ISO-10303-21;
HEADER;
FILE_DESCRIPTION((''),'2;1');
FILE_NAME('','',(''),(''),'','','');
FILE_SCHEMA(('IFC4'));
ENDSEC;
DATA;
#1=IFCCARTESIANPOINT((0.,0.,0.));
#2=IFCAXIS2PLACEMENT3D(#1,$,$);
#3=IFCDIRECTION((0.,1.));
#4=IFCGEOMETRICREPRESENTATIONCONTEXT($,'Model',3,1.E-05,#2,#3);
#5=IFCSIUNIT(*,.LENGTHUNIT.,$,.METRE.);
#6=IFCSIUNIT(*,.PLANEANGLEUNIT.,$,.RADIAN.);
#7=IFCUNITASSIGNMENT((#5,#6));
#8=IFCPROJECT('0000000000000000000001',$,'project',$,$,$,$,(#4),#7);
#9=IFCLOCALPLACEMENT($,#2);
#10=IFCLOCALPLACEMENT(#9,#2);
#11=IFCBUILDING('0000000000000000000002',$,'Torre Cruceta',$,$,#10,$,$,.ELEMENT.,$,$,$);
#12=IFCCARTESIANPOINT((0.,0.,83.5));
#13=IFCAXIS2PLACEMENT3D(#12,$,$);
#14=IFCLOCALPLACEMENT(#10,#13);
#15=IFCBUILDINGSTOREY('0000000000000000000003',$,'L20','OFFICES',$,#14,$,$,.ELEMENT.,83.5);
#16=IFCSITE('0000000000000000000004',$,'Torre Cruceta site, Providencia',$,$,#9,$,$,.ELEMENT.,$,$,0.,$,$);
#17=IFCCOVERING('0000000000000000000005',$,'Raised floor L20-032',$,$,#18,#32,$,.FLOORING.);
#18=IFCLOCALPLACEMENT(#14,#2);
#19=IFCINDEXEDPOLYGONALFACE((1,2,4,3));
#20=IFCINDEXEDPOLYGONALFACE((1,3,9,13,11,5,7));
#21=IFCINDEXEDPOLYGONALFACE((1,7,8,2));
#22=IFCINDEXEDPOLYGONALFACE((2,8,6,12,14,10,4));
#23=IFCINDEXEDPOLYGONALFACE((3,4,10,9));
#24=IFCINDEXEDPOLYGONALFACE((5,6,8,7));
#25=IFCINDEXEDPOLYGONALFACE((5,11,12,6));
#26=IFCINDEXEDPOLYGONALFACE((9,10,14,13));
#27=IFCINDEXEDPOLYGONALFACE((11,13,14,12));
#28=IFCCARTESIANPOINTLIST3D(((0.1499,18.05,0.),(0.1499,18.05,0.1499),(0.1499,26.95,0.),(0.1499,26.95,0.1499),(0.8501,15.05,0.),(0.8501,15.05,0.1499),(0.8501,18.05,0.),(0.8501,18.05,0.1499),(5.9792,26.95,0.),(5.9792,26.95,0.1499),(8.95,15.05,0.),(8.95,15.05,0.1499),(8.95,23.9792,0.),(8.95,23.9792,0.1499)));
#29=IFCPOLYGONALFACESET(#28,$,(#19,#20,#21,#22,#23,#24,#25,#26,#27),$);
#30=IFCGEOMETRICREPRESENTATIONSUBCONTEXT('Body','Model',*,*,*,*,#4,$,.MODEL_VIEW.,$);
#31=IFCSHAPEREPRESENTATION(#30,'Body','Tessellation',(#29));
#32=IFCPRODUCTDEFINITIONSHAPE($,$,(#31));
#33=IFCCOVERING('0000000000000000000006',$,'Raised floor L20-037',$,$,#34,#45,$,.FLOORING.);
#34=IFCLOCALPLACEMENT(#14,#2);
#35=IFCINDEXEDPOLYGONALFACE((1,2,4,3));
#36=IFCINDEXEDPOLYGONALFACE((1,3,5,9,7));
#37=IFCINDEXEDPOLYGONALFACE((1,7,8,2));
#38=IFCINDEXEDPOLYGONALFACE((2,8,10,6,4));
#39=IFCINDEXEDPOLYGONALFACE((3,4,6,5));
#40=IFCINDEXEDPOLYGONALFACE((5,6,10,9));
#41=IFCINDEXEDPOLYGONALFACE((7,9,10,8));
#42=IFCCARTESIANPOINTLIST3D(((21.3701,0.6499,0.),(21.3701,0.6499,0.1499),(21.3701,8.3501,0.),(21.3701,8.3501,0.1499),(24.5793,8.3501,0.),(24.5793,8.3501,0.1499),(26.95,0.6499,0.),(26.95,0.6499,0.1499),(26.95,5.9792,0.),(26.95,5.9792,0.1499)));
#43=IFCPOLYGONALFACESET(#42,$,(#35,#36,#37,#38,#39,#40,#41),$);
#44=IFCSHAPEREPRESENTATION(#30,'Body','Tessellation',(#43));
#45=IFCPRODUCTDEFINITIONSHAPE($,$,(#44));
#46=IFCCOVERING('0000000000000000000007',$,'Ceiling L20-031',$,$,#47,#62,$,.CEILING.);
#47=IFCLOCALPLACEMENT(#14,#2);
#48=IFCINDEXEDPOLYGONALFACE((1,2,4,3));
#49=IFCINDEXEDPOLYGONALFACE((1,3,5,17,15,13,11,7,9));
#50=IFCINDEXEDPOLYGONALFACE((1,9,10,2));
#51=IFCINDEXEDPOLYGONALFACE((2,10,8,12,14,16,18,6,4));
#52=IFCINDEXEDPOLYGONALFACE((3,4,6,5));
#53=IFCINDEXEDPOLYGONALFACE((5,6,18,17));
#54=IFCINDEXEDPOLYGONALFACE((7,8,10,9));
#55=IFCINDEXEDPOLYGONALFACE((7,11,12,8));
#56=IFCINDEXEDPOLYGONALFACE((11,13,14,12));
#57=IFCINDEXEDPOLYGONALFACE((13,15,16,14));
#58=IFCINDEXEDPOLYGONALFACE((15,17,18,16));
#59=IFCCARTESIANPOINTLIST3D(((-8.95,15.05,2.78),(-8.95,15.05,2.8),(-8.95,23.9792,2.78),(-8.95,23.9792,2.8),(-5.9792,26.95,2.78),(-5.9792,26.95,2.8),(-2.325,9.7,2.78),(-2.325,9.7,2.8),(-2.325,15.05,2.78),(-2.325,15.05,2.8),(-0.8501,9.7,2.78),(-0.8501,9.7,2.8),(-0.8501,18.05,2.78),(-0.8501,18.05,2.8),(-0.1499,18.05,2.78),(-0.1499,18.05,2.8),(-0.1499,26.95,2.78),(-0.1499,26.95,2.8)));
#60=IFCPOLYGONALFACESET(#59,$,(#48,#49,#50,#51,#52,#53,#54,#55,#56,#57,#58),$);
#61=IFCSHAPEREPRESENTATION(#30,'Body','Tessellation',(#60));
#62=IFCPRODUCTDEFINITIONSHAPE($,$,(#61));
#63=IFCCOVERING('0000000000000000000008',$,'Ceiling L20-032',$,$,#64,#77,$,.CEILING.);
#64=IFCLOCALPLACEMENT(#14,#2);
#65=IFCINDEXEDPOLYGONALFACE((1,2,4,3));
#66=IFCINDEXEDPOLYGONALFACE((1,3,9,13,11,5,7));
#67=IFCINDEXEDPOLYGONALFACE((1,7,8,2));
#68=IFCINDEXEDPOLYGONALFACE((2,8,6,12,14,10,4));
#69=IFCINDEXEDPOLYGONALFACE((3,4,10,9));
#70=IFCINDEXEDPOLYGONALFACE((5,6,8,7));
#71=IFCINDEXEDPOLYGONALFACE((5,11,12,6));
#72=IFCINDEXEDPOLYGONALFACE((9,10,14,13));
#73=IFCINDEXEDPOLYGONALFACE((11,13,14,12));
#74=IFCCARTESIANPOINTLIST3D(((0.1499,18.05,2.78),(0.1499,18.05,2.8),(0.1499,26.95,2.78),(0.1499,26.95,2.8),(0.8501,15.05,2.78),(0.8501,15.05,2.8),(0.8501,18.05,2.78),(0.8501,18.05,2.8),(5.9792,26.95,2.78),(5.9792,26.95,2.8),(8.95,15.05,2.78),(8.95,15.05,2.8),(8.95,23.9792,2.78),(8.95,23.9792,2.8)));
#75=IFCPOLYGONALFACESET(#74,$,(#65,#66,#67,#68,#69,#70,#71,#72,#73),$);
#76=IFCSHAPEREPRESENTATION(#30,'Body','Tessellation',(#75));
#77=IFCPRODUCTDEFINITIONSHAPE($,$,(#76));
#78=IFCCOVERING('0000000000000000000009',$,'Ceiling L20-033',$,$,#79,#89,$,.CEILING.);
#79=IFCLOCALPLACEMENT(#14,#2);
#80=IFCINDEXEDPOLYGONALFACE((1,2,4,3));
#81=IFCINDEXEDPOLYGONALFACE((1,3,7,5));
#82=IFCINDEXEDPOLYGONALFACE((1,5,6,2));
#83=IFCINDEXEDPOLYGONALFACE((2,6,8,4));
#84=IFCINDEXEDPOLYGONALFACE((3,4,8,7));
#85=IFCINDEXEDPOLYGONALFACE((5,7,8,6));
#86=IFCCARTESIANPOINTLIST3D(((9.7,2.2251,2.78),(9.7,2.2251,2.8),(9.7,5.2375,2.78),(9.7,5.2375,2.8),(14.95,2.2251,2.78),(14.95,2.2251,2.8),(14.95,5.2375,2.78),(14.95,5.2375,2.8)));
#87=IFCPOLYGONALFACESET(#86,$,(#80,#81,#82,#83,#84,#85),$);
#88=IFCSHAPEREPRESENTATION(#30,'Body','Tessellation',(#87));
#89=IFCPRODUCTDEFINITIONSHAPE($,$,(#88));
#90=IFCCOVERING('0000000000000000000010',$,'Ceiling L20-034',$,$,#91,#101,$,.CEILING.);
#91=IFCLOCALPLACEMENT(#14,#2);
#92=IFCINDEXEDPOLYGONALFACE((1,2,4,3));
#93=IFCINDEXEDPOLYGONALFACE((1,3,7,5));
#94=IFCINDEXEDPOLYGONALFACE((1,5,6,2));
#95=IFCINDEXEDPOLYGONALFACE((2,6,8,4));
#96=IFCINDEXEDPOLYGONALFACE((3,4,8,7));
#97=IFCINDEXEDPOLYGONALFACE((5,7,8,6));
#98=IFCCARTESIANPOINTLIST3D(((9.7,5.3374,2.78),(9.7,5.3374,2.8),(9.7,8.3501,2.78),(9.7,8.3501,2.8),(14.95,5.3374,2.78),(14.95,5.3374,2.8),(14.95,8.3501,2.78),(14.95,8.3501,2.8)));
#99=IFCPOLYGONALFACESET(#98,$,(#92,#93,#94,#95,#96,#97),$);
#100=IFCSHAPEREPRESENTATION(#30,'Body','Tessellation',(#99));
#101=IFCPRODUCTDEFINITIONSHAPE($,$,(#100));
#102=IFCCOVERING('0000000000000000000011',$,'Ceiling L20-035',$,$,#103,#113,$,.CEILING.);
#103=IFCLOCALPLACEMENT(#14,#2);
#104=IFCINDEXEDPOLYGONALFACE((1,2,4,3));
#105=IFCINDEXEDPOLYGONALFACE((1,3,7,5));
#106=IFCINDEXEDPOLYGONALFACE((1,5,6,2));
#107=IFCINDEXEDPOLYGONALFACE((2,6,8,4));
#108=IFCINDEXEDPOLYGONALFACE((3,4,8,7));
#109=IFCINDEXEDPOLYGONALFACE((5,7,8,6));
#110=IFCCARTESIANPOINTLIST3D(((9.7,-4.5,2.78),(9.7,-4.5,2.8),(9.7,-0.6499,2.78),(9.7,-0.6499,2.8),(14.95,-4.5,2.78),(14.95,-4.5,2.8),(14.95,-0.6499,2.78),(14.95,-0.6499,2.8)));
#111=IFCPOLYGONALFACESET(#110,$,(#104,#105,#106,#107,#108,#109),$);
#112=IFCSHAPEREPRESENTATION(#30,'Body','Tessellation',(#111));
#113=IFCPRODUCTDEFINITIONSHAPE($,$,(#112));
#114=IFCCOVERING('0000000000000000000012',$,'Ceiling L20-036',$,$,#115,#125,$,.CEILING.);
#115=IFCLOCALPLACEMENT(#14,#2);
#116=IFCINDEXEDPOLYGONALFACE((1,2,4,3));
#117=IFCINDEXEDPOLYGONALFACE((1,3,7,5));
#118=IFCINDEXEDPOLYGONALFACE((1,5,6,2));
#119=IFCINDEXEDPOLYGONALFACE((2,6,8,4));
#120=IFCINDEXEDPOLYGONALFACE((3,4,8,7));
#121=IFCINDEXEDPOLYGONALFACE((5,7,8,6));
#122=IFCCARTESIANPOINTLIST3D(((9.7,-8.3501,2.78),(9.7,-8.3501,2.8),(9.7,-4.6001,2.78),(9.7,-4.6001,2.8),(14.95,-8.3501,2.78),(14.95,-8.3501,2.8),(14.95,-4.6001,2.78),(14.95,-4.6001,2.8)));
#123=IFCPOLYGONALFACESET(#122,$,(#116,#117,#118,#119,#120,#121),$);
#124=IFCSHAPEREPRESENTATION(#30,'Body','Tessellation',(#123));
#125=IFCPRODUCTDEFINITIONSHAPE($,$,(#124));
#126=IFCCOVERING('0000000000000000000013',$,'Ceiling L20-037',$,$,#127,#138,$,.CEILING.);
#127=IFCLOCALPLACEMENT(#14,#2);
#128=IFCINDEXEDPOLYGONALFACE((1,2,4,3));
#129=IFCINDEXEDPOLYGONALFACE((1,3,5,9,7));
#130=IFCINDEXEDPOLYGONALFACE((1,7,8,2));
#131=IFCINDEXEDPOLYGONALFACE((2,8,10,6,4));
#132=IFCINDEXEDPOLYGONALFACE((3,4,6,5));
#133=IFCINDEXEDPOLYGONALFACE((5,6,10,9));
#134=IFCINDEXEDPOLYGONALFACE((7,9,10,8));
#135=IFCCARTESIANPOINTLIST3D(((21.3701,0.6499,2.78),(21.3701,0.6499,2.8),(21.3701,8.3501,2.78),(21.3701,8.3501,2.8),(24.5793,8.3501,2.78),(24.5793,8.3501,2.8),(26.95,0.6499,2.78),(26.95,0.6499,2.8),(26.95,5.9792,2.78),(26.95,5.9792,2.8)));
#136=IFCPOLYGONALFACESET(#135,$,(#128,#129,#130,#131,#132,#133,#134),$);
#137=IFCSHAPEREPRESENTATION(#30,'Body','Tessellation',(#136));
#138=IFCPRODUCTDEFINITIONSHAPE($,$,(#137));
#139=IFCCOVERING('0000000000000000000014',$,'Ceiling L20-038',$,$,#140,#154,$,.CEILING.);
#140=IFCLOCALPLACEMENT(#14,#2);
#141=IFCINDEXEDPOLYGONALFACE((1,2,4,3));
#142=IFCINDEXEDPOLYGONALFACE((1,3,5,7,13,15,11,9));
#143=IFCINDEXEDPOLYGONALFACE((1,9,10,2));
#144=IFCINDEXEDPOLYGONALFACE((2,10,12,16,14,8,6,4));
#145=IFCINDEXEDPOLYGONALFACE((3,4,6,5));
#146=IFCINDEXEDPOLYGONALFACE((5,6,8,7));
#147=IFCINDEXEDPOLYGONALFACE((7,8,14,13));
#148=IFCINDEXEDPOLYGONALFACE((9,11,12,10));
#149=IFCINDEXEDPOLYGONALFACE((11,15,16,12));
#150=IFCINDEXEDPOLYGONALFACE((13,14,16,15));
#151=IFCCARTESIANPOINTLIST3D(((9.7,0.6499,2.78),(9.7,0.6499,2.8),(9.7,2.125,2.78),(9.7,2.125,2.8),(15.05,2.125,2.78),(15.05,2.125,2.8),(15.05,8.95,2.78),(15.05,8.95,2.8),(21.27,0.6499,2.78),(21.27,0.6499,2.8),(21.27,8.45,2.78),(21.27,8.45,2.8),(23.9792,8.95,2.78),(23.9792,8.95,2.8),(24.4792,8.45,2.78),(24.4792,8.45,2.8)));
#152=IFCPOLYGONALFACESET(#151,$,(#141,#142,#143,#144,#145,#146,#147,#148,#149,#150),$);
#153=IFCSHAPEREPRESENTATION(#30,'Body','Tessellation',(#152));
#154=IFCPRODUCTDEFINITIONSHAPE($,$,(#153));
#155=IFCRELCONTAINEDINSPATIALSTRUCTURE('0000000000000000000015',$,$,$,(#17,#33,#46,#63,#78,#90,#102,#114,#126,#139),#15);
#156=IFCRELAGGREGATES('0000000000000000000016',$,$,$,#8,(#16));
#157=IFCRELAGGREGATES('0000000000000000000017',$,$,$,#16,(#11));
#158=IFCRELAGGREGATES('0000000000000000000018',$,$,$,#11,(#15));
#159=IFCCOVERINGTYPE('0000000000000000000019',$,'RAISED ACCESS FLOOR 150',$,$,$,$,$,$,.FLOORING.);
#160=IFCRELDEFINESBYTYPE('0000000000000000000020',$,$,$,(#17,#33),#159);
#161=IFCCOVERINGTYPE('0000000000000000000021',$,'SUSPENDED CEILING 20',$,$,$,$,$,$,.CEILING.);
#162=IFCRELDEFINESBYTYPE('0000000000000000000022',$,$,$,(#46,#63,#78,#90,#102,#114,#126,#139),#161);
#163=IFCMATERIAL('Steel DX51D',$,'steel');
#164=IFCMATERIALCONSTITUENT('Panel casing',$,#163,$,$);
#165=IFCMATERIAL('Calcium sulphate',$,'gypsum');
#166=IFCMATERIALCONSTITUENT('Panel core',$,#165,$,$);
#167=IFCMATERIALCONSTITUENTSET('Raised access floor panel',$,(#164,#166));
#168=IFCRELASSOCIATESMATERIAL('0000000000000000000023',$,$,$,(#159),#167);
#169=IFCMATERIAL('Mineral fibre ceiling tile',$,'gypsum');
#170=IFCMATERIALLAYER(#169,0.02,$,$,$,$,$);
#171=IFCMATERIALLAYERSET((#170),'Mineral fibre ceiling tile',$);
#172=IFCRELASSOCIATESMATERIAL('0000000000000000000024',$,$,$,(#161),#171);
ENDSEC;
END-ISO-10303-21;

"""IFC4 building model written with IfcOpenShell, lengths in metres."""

from ifc_helpers import new_model, si_unit, direction, frame, origin, place, context, subcontext, project, spatial, polyline, outline, extrude, material, layer, layer_set, constituent, constituent_set, type_object, element, save


model = new_model("IFC4")

# Units and contexts
model_context = context("Model", 3, precision=1e-05, world=origin(), true_north=direction((0.0, 1.0)))
body_context = subcontext(model_context, "Body", "Model", "MODEL_VIEW")
ifc_project = project(units=[si_unit("LENGTHUNIT", "METRE"), si_unit("PLANEANGLEUNIT", "RADIAN")], contexts=[model_context])

# Site, building, storey
site_placement = place(None, origin())
site = spatial("IfcSite", under=ifc_project, at=site_placement, Name="Torre Cruceta site, Providencia", CompositionType="ELEMENT", RefElevation=0.0)
building_placement = place(site_placement, origin())
building = spatial("IfcBuilding", under=site, at=building_placement, Name="Torre Cruceta", CompositionType="ELEMENT")
storey_placement = place(building_placement, frame((0.0, 0.0, 83.5)))
storey = spatial("IfcBuildingStorey", under=building, at=storey_placement, Name="L20", Description="OFFICES", CompositionType="ELEMENT", Elevation=83.5)

# Coverings
ifc_material_1 = material(Name="Steel DX51D", Category="steel")
ifc_constituent_1 = constituent(ifc_material_1, Name="Panel casing")
ifc_material_2 = material(Name="Calcium sulphate", Category="gypsum")
ifc_constituent_2 = constituent(ifc_material_2, Name="Panel core")
ifc_constituent_set_1 = constituent_set(constituents=[ifc_constituent_1, ifc_constituent_2], Name="Raised access floor panel")
covering_type_1 = type_object("IfcCoveringType", Name="RAISED ACCESS FLOOR 150", PredefinedType="FLOORING", material=ifc_constituent_set_1)
covering_1_placement = place(storey_placement, origin())
element("IfcCovering", 1, at=covering_1_placement, inside=storey, type_object=covering_type_1, Name="Raised floor L20-032", PredefinedType="FLOORING", context=body_context, shape_type="SweptSolid", body=[
    extrude(outline(polyline([(5.9792, 26.95), (8.95, 23.9792), (8.95, 15.05), (0.8501, 15.05), (0.8501, 18.05), (0.1499, 18.05), (0.1499, 26.95), (5.9792, 26.95)])), origin(), (0.0, 0.0, 1.0), 0.1499),
])
covering_2_placement = place(storey_placement, origin())
element("IfcCovering", 2, at=covering_2_placement, inside=storey, type_object=covering_type_1, Name="Raised floor L20-037", PredefinedType="FLOORING", context=body_context, shape_type="SweptSolid", body=[
    extrude(outline(polyline([(26.95, 0.6499), (21.3701, 0.6499), (21.3701, 8.3501), (24.5793, 8.3501), (26.95, 5.9792), (26.95, 0.6499)])), origin(), (0.0, 0.0, 1.0), 0.1499),
])
ifc_material_3 = material(Name="Mineral fibre ceiling tile", Category="gypsum")
ifc_layer_1 = layer(ifc_material_3, 0.02)
ifc_layer_set_1 = layer_set([ifc_layer_1], Name="Mineral fibre ceiling tile")
covering_type_2 = type_object("IfcCoveringType", Name="SUSPENDED CEILING 20", PredefinedType="CEILING", material=ifc_layer_set_1)
covering_3_placement = place(storey_placement, frame((0.0, 0.0, 2.78)))
element("IfcCovering", 3, at=covering_3_placement, inside=storey, type_object=covering_type_2, Name="Ceiling L20-031", PredefinedType="CEILING", context=body_context, shape_type="SweptSolid", body=[
    extrude(outline(polyline([(-0.1499, 26.95), (-0.1499, 18.05), (-0.8501, 18.05), (-0.8501, 9.7), (-2.325, 9.7), (-2.325, 15.05), (-8.95, 15.05), (-8.95, 23.9792), (-5.9792, 26.95), (-0.1499, 26.95)])), origin(), (0.0, 0.0, 1.0), 0.02),
])
covering_4_placement = place(storey_placement, frame((0.0, 0.0, 2.78)))
element("IfcCovering", 4, at=covering_4_placement, inside=storey, type_object=covering_type_2, Name="Ceiling L20-032", PredefinedType="CEILING", context=body_context, shape_type="SweptSolid", body=[
    extrude(outline(polyline([(5.9792, 26.95), (8.95, 23.9792), (8.95, 15.05), (0.8501, 15.05), (0.8501, 18.05), (0.1499, 18.05), (0.1499, 26.95), (5.9792, 26.95)])), origin(), (0.0, 0.0, 1.0), 0.02),
])
covering_5_placement = place(storey_placement, frame((0.0, 0.0, 2.78)))
element("IfcCovering", 5, at=covering_5_placement, inside=storey, type_object=covering_type_2, Name="Ceiling L20-033", PredefinedType="CEILING", context=body_context, shape_type="SweptSolid", body=[
    extrude(outline(polyline([(9.7, 2.2251), (9.7, 5.2375), (14.95, 5.2375), (14.95, 2.2251), (9.7, 2.2251)])), origin(), (0.0, 0.0, 1.0), 0.02),
])
covering_6_placement = place(storey_placement, frame((0.0, 0.0, 2.78)))
element("IfcCovering", 6, at=covering_6_placement, inside=storey, type_object=covering_type_2, Name="Ceiling L20-034", PredefinedType="CEILING", context=body_context, shape_type="SweptSolid", body=[
    extrude(outline(polyline([(9.7, 5.3374), (9.7, 8.3501), (14.95, 8.3501), (14.95, 5.3374), (9.7, 5.3374)])), origin(), (0.0, 0.0, 1.0), 0.02),
])
covering_7_placement = place(storey_placement, frame((0.0, 0.0, 2.78)))
element("IfcCovering", 7, at=covering_7_placement, inside=storey, type_object=covering_type_2, Name="Ceiling L20-035", PredefinedType="CEILING", context=body_context, shape_type="SweptSolid", body=[
    extrude(outline(polyline([(9.7, -4.5), (9.7, -0.6499), (14.95, -0.6499), (14.95, -4.5), (9.7, -4.5)])), origin(), (0.0, 0.0, 1.0), 0.02),
])
covering_8_placement = place(storey_placement, frame((0.0, 0.0, 2.78)))
element("IfcCovering", 8, at=covering_8_placement, inside=storey, type_object=covering_type_2, Name="Ceiling L20-036", PredefinedType="CEILING", context=body_context, shape_type="SweptSolid", body=[
    extrude(outline(polyline([(9.7, -8.3501), (9.7, -4.6001), (14.95, -4.6001), (14.95, -8.3501), (9.7, -8.3501)])), origin(), (0.0, 0.0, 1.0), 0.02),
])
covering_9_placement = place(storey_placement, frame((0.0, 0.0, 2.78)))
element("IfcCovering", 9, at=covering_9_placement, inside=storey, type_object=covering_type_2, Name="Ceiling L20-037", PredefinedType="CEILING", context=body_context, shape_type="SweptSolid", body=[
    extrude(outline(polyline([(26.95, 0.6499), (21.3701, 0.6499), (21.3701, 8.3501), (24.5793, 8.3501), (26.95, 5.9792), (26.95, 0.6499)])), origin(), (0.0, 0.0, 1.0), 0.02),
])
covering_10_placement = place(storey_placement, frame((0.0, 0.0, 2.78)))
element("IfcCovering", 10, at=covering_10_placement, inside=storey, type_object=covering_type_2, Name="Ceiling L20-038", PredefinedType="CEILING", context=body_context, shape_type="SweptSolid", body=[
    extrude(outline(polyline([(9.7, 2.125), (15.05, 2.125), (15.05, 8.95), (23.9792, 8.95), (24.4792, 8.45), (21.27, 8.45), (21.27, 0.6499), (9.7, 0.6499), (9.7, 2.125)])), origin(), (0.0, 0.0, 1.0), 0.02),
])

save(model, "model.ifc")
